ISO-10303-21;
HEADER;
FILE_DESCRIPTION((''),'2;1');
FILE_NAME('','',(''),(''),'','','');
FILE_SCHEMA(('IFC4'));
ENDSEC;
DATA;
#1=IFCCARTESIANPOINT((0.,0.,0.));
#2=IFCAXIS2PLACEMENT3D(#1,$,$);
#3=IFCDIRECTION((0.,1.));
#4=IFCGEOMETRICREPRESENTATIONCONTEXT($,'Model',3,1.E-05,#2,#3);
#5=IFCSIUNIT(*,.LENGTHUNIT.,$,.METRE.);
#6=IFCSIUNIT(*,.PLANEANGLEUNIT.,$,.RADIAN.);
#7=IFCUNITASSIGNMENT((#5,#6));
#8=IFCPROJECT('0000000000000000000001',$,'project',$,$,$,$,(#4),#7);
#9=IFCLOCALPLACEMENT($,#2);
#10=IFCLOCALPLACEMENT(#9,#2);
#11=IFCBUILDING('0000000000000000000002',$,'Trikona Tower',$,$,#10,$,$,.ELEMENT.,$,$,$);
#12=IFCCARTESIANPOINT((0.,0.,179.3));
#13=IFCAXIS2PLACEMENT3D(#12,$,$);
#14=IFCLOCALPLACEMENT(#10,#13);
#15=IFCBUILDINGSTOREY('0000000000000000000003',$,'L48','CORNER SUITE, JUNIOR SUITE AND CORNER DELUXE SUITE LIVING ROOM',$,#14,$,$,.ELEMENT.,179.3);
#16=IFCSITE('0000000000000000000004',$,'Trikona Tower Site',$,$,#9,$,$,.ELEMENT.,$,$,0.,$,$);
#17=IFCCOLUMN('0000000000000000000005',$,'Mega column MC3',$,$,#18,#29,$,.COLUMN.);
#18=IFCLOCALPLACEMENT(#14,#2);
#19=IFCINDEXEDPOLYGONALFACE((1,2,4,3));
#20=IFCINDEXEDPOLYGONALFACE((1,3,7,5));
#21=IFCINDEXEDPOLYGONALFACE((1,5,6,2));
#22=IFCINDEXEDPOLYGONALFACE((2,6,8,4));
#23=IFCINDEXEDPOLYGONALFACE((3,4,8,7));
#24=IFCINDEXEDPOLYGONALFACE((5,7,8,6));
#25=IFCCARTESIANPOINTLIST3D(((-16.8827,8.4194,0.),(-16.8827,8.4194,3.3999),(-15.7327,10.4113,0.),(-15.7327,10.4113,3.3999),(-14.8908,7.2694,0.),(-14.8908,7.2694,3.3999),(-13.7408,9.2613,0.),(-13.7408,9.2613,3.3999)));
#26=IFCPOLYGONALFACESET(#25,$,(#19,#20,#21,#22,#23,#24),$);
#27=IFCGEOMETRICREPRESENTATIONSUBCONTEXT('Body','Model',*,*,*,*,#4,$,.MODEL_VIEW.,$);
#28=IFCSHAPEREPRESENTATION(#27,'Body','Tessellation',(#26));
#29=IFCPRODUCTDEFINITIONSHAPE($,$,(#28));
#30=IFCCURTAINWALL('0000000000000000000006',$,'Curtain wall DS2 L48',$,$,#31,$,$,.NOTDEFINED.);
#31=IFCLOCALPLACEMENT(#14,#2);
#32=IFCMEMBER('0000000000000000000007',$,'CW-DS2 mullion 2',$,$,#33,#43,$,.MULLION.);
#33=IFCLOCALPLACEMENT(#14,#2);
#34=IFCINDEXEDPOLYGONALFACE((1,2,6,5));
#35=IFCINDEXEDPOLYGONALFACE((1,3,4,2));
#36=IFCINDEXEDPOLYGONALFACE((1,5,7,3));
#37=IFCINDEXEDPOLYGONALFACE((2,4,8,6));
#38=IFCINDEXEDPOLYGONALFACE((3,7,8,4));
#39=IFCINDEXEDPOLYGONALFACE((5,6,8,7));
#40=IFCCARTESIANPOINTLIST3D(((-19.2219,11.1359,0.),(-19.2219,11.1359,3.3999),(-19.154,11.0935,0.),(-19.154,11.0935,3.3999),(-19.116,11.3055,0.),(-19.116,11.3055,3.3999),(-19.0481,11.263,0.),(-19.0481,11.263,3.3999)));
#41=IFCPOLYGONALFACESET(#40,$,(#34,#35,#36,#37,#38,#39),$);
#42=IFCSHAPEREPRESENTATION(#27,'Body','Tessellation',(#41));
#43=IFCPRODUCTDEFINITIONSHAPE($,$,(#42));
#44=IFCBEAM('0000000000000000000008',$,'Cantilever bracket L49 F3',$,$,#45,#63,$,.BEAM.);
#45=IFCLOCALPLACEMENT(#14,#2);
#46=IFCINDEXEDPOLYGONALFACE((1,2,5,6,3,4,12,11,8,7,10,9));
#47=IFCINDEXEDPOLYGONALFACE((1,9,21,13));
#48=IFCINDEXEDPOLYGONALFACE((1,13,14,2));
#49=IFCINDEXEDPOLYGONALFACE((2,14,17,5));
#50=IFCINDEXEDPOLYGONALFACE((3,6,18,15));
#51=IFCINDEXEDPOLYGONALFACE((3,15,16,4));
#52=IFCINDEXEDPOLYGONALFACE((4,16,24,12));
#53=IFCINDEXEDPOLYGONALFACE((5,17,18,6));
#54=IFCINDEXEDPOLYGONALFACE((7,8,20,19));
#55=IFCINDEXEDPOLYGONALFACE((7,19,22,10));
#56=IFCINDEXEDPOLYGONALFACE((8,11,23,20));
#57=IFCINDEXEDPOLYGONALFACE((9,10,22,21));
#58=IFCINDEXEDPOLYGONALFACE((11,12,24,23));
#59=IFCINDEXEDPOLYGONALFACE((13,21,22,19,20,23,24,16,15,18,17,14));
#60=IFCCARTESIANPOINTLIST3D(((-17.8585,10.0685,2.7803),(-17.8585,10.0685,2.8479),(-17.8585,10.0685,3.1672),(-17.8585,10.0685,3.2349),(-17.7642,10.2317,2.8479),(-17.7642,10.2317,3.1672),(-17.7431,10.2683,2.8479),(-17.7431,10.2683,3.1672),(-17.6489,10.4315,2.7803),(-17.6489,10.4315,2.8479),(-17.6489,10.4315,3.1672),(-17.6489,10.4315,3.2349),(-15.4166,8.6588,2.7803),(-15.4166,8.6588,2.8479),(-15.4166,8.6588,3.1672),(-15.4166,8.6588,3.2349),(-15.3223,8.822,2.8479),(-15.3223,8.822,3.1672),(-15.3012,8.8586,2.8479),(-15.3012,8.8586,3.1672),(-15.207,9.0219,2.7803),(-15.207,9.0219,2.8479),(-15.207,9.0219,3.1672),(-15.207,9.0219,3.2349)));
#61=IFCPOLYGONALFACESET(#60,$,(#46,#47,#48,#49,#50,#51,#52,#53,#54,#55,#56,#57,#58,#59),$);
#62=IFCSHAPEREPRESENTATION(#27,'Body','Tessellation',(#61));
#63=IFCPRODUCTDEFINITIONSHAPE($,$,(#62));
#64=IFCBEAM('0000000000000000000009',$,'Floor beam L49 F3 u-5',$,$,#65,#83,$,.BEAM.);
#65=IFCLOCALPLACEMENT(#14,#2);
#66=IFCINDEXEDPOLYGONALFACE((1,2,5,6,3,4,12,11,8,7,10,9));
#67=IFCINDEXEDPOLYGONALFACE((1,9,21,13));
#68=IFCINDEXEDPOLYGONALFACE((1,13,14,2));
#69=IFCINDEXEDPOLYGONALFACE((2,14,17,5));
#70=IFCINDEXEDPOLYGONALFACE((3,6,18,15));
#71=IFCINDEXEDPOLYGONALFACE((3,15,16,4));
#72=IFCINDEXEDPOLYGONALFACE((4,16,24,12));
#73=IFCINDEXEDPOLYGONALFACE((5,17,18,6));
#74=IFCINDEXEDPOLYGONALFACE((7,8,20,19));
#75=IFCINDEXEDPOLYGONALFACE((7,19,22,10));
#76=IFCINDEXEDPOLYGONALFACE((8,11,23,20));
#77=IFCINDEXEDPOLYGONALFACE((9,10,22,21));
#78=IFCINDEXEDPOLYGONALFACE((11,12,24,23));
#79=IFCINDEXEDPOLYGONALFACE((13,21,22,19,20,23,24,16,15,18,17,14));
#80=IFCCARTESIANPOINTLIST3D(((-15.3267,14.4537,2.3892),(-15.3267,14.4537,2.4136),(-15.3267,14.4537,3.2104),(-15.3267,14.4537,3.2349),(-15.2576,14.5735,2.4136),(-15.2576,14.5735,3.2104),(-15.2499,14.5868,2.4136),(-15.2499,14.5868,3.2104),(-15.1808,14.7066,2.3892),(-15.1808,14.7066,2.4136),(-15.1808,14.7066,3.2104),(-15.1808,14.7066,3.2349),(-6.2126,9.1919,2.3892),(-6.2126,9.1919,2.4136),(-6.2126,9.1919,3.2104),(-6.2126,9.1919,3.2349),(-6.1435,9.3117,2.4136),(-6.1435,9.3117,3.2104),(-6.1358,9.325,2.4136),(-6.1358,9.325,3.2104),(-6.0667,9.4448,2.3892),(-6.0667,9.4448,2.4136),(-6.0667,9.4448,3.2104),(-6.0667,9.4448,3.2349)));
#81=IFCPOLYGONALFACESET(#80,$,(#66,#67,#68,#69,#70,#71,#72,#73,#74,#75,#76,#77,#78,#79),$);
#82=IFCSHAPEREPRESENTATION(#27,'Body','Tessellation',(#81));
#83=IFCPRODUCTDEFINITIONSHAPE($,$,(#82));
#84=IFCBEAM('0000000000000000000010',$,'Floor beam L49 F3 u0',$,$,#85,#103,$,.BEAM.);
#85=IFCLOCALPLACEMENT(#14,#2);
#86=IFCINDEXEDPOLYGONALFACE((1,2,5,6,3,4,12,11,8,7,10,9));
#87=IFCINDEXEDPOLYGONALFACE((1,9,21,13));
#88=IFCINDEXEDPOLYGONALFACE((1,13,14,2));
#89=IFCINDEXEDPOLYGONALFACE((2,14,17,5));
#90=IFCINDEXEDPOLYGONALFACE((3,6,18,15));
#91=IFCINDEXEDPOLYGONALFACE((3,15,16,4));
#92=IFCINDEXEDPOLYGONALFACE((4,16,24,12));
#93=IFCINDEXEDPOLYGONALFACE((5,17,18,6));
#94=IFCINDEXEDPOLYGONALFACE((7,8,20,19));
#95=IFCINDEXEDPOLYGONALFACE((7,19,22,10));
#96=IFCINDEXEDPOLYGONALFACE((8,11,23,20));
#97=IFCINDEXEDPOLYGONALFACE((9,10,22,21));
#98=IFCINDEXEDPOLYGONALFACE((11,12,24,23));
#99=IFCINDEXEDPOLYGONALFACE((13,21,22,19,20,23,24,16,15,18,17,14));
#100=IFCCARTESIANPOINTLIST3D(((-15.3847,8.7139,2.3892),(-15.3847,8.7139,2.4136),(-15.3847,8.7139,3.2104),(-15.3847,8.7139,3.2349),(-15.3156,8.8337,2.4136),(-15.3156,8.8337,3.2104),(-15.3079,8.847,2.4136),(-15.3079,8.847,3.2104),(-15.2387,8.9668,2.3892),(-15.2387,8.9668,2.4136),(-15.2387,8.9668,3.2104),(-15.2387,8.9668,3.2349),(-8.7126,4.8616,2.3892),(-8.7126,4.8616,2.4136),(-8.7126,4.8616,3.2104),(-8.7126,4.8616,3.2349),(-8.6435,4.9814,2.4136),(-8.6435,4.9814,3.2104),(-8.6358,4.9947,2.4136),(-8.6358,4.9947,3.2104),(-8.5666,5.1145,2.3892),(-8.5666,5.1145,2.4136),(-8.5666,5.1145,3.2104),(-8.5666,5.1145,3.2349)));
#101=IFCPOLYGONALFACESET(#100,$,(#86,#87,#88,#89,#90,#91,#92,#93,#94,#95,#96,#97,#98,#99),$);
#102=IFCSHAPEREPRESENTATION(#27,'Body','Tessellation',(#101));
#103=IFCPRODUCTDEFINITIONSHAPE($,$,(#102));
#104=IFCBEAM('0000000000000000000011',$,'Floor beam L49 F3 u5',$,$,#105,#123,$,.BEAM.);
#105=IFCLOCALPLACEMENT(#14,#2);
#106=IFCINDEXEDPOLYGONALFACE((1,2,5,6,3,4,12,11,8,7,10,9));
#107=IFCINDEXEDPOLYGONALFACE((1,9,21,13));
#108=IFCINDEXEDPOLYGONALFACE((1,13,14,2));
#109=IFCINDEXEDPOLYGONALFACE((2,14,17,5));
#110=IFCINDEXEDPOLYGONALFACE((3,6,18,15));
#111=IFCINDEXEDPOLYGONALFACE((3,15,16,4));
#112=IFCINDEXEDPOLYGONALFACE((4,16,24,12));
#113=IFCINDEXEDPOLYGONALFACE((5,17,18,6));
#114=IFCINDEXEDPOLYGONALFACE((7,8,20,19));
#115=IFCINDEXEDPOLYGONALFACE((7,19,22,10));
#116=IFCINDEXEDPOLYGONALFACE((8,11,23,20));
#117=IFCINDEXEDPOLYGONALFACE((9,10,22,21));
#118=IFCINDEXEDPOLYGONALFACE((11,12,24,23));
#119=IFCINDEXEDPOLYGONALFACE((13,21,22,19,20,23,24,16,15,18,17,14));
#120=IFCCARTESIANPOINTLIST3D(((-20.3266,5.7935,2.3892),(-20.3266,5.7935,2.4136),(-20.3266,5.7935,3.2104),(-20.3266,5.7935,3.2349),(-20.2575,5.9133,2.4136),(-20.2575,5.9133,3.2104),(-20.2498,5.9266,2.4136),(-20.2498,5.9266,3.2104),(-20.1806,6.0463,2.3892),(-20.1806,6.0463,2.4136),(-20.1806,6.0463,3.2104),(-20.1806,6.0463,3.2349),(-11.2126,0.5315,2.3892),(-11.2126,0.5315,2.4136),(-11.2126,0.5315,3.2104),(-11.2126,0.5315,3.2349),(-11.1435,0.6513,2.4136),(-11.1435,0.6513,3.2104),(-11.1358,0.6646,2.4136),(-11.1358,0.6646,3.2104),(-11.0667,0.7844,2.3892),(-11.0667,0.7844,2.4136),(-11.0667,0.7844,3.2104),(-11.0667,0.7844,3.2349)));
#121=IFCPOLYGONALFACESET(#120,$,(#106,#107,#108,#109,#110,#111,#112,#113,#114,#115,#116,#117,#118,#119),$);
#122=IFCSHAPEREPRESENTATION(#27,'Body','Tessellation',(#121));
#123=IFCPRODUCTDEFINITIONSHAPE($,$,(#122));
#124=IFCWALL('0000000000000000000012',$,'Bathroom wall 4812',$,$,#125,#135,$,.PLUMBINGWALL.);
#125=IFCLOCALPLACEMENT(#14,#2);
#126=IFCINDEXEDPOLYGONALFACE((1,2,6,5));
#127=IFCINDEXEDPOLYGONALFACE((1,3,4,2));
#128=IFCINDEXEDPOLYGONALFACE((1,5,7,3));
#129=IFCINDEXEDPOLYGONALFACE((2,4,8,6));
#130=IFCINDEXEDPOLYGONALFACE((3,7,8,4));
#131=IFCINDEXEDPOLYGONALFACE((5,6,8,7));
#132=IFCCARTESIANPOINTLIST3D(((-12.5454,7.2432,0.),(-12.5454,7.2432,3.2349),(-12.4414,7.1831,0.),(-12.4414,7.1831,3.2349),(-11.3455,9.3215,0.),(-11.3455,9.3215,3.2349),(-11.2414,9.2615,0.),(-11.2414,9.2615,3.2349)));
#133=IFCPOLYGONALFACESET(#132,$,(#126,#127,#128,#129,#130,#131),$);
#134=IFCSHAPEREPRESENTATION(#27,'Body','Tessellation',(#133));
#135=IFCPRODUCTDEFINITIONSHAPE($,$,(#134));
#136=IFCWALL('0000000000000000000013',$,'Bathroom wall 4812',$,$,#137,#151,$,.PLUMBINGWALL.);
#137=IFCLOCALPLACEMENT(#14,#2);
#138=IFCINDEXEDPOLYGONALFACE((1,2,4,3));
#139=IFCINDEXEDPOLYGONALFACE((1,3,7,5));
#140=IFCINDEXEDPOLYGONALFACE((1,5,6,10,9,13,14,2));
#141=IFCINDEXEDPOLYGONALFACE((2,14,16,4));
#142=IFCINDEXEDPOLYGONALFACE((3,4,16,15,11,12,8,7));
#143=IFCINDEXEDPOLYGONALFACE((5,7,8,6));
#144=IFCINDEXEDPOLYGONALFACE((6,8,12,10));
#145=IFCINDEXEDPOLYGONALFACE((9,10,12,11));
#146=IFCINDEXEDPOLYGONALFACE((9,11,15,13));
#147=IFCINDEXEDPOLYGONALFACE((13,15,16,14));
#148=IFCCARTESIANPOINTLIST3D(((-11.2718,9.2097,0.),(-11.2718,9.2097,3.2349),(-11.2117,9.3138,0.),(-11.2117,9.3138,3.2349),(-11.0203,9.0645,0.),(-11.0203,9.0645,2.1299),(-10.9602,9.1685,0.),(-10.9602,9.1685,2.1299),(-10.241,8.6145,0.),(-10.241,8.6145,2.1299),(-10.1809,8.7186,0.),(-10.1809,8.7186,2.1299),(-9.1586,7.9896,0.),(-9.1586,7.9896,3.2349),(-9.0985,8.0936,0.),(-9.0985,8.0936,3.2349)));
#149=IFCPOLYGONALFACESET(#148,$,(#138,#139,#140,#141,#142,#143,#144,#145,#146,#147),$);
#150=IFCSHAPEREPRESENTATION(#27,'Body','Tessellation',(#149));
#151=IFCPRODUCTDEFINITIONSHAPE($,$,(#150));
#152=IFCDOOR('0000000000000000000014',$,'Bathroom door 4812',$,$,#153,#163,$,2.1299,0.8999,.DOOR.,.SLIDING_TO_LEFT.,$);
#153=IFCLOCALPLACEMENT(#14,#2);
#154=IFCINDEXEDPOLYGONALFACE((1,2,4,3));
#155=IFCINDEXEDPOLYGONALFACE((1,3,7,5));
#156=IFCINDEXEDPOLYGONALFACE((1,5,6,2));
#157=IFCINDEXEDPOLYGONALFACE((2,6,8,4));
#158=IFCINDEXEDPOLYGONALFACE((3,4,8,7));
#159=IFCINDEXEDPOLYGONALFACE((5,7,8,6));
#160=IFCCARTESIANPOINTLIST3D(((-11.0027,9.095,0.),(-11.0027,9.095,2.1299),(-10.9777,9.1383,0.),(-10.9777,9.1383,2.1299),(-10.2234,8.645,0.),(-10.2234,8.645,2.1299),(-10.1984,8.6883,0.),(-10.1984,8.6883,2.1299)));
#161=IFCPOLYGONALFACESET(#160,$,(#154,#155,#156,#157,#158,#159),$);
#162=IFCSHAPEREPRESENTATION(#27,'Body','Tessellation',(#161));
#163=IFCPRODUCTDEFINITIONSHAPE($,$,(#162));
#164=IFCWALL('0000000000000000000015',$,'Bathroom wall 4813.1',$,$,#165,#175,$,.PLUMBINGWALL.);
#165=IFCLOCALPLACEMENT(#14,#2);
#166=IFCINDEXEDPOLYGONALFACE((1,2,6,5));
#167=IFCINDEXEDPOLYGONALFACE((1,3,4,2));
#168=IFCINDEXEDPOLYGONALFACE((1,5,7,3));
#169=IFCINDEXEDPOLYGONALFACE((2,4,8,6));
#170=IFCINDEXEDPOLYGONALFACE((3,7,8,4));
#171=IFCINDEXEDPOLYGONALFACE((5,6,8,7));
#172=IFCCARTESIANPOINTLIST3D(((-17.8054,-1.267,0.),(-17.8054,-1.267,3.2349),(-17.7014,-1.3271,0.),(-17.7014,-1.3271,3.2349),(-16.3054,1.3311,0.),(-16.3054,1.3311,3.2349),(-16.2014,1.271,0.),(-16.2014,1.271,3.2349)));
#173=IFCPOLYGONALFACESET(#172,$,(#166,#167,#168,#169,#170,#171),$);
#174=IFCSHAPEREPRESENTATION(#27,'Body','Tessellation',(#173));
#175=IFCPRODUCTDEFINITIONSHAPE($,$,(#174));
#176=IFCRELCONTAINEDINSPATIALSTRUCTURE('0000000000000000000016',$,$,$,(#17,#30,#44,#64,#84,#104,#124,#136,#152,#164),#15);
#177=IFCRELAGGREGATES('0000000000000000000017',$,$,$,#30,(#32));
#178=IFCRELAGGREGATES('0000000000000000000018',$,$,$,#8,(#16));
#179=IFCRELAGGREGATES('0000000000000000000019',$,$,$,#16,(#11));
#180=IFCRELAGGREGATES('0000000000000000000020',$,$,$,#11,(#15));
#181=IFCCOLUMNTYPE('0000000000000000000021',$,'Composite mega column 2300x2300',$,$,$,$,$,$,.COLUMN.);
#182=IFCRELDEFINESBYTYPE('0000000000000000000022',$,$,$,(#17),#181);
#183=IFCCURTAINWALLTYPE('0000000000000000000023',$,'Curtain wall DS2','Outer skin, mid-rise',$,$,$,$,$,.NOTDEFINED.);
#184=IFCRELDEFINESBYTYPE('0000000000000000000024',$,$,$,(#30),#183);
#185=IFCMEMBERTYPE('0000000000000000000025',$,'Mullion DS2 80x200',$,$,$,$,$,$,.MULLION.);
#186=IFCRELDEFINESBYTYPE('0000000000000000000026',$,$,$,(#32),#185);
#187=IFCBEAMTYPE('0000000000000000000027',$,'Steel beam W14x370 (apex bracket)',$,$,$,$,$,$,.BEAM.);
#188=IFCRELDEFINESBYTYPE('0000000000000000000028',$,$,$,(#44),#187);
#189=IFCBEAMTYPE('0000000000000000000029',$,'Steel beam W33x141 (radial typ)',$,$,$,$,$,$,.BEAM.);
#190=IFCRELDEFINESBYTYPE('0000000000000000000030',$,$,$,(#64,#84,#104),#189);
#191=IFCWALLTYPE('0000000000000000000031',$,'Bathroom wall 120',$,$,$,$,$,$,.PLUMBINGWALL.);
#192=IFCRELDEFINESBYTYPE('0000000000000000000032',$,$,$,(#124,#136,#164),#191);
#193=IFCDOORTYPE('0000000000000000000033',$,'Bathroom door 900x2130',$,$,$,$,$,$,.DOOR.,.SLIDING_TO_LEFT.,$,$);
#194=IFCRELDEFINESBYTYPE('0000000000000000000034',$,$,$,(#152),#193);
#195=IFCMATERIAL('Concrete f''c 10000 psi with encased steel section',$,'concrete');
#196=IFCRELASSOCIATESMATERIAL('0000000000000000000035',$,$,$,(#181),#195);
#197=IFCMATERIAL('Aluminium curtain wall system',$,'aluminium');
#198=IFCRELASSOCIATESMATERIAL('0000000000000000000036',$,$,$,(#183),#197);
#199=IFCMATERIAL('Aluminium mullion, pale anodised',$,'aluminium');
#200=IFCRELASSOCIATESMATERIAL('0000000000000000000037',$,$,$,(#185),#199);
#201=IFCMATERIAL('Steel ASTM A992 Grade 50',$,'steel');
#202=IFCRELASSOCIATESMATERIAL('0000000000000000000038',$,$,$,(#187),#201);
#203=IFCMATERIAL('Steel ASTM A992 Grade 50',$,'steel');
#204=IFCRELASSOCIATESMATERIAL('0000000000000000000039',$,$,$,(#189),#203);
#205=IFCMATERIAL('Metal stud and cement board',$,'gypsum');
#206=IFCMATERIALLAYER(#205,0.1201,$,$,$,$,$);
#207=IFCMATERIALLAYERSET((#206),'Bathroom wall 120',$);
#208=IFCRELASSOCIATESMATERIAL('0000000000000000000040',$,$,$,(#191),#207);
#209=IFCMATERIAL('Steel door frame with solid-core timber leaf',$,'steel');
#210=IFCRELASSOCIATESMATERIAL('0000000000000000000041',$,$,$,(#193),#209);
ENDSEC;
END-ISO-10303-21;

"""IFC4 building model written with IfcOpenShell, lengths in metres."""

from ifc_helpers import new_model, si_unit, direction, frame, frame_2d, origin, origin_2d, place, context, subcontext, project, spatial, rectangle, i_section, extrude, material, layer, layer_set, material_profile, profile_set, type_object, element, fill, aggregate, save


model = new_model("IFC4")

# Units and contexts
model_context = context("Model", 3, precision=1e-05, world=origin(), true_north=direction((0.0, 1.0)))
body_context = subcontext(model_context, "Body", "Model", "MODEL_VIEW")
ifc_project = project(units=[si_unit("LENGTHUNIT", "METRE"), si_unit("PLANEANGLEUNIT", "RADIAN")], contexts=[model_context])

# Site, building, storey
site_placement = place(None, origin())
site = spatial("IfcSite", under=ifc_project, at=site_placement, Name="Trikona Tower Site", CompositionType="ELEMENT", RefElevation=0.0)
building_placement = place(site_placement, origin())
building = spatial("IfcBuilding", under=site, at=building_placement, Name="Trikona Tower", CompositionType="ELEMENT")
storey_placement = place(building_placement, frame((0.0, 0.0, 179.3)))
storey = spatial("IfcBuildingStorey", under=building, at=storey_placement, Name="L48", Description="CORNER SUITE, JUNIOR SUITE AND CORNER DELUXE SUITE LIVING ROOM", CompositionType="ELEMENT", Elevation=179.3)

# Column
ifc_material_1 = material(Name="Concrete f'c 10000 psi with encased steel section", Category="concrete")
ifc_material_profile_1 = material_profile(ifc_material_1, rectangle(XDim=2.3, YDim=2.3, at=origin_2d()), Name="MC2300")
ifc_profile_set_1 = profile_set([ifc_material_profile_1], Name="Concrete f'c 10000 psi with encased steel section")
column_type = type_object("IfcColumnType", Name="Composite mega column 2300x2300", PredefinedType="COLUMN", material=ifc_profile_set_1)
column_placement = place(storey_placement, frame((-15.3118, 8.8403, 0.0), z_axis=(0.0, 0.0, 1.0), x_axis=(-0.866025, 0.5, 0.0)))
element("IfcColumn", 1, at=column_placement, inside=storey, type_object=column_type, Name="Mega column MC3", PredefinedType="COLUMN", context=body_context, shape_type="SweptSolid", body=[
    extrude(rectangle(XDim=2.3, YDim=2.3, at=origin_2d()), origin(), (0.0, 0.0, 1.0), 3.3999),
])

# Curtain wall, member
ifc_material_2 = material(Name="Aluminium curtain wall system", Category="aluminium")
curtain_wall_type = type_object("IfcCurtainWallType", Name="Curtain wall DS2", Description="Outer skin, mid-rise", PredefinedType="NOTDEFINED", material=ifc_material_2)
curtain_wall_placement = place(storey_placement, origin())
curtain_wall = element("IfcCurtainWall", 2, at=curtain_wall_placement, inside=storey, type_object=curtain_wall_type, Name="Curtain wall DS2 L48", PredefinedType="NOTDEFINED")
ifc_material_3 = material(Name="Aluminium mullion, pale anodised", Category="aluminium")
ifc_material_profile_2 = material_profile(ifc_material_3, rectangle(XDim=0.0801, YDim=0.2, at=origin_2d()), Name="MUL-DS2")
ifc_profile_set_2 = profile_set([ifc_material_profile_2], Name="Aluminium mullion, pale anodised")
member_type = type_object("IfcMemberType", Name="Mullion DS2 80x200", PredefinedType="MULLION", material=ifc_profile_set_2)
member_placement = place(storey_placement, frame((-19.135, 11.1995, 0.0), z_axis=(0.0, 0.0, 1.0), x_axis=(0.847998, -0.529999, 0.0)))
member = element("IfcMember", 3, at=member_placement, type_object=member_type, Name="CW-DS2 mullion 2", PredefinedType="MULLION", context=body_context, shape_type="SweptSolid", body=[
    extrude(rectangle(XDim=0.0801, YDim=0.2, at=origin_2d()), origin(), (0.0, 0.0, 1.0), 3.3999),
])
aggregate(curtain_wall, [member])

# Beams
ifc_material_4 = material(Name="Steel ASTM A992 Grade 50", Category="steel")
ifc_material_profile_3 = material_profile(ifc_material_4, i_section(OverallWidth=0.4192, OverallDepth=0.4546, WebThickness=0.0422, FlangeThickness=0.0676, at=origin_2d()), Name="W14X370")
ifc_profile_set_3 = profile_set([ifc_material_profile_3], Name="Steel ASTM A992 Grade 50")
beam_type_1 = type_object("IfcBeamType", Name="Steel beam W14x370 (apex bracket)", PredefinedType="BEAM", material=ifc_profile_set_3)
beam_1_placement = place(storey_placement, frame((-15.3118, 8.8403, 3.0076), z_axis=(-0.86605, 0.499957, 0.0), x_axis=(-0.499957, -0.86605, 0.0)))
element("IfcBeam", 4, at=beam_1_placement, inside=storey, type_object=beam_type_1, Name="Cantilever bracket L49 F3", PredefinedType="BEAM", context=body_context, shape_type="SweptSolid", body=[
    extrude(i_section(OverallWidth=0.4192, OverallDepth=0.4546, WebThickness=0.0422, FlangeThickness=0.0676, at=origin_2d()), origin(), (0.0, 0.0, 1.0), 2.8196),
])
ifc_material_5 = material(Name="Steel ASTM A992 Grade 50", Category="steel")
ifc_material_profile_4 = material_profile(ifc_material_5, i_section(OverallWidth=0.292, OverallDepth=0.8457, WebThickness=0.0154, FlangeThickness=0.0244, at=origin_2d()), Name="W33X141")
ifc_profile_set_4 = profile_set([ifc_material_profile_4], Name="Steel ASTM A992 Grade 50")
beam_type_2 = type_object("IfcBeamType", Name="Steel beam W33x141 (radial typ)", PredefinedType="BEAM", material=ifc_profile_set_4)
beam_2_placement = place(storey_placement, frame((-6.1396, 9.3184, 2.812), z_axis=(-0.866036, 0.499982, 0.0), x_axis=(-0.499982, -0.866036, 0.0)))
element("IfcBeam", 5, at=beam_2_placement, inside=storey, type_object=beam_type_2, Name="Floor beam L49 F3 u-5", PredefinedType="BEAM", context=body_context, shape_type="SweptSolid", body=[
    extrude(i_section(OverallWidth=0.292, OverallDepth=0.8457, WebThickness=0.0154, FlangeThickness=0.0244, at=origin_2d()), origin(), (0.0, 0.0, 1.0), 10.5239),
])
beam_3_placement = place(storey_placement, frame((-8.6396, 4.988, 2.812), z_axis=(-0.866017, 0.500014, 0.0), x_axis=(-0.500014, -0.866017, 0.0)))
element("IfcBeam", 6, at=beam_3_placement, inside=storey, type_object=beam_type_2, Name="Floor beam L49 F3 u0", PredefinedType="BEAM", context=body_context, shape_type="SweptSolid", body=[
    extrude(i_section(OverallWidth=0.292, OverallDepth=0.8457, WebThickness=0.0154, FlangeThickness=0.0244, at=origin_2d()), origin(), (0.0, 0.0, 1.0), 7.7043),
])
beam_4_placement = place(storey_placement, frame((-11.1396, 0.658, 2.812), z_axis=(-0.866026, 0.499999, 0.0), x_axis=(-0.499999, -0.866026, 0.0)))
element("IfcBeam", 7, at=beam_4_placement, inside=storey, type_object=beam_type_2, Name="Floor beam L49 F3 u5", PredefinedType="BEAM", context=body_context, shape_type="SweptSolid", body=[
    extrude(i_section(OverallWidth=0.292, OverallDepth=0.8457, WebThickness=0.0154, FlangeThickness=0.0244, at=origin_2d()), origin(), (0.0, 0.0, 1.0), 10.5239),
])

# Wall
ifc_material_6 = material(Name="Metal stud and cement board", Category="gypsum")
ifc_layer_1 = layer(ifc_material_6, 0.1201)
ifc_layer_set_1 = layer_set([ifc_layer_1], Name="Bathroom wall 120")
wall_type_1 = type_object("IfcWallType", Name="Bathroom wall 120", PredefinedType="PLUMBINGWALL", material=ifc_layer_set_1)
wall_1_placement = place(storey_placement, frame((-11.2935, 9.2915, 0.0), z_axis=(0.0, 0.0, 1.0), x_axis=(-0.500001, -0.866025, 0.0)))
element("IfcWall", 8, at=wall_1_placement, inside=storey, type_object=wall_type_1, Name="Bathroom wall 4812", PredefinedType="PLUMBINGWALL", context=body_context, shape_type="SweptSolid", body=[
    extrude(rectangle(XDim=2.3999, YDim=0.1201, at=frame_2d((1.2, 0.0))), origin(), (0.0, 0.0, 1.0), 3.2349),
])

# Wall, opening, door
wall_2_placement = place(storey_placement, frame((-9.1284, 8.0415, 0.0), z_axis=(0.0, 0.0, 1.0), x_axis=(-0.866006, 0.500034, 0.0)))
wall_2 = element("IfcWall", 9, at=wall_2_placement, inside=storey, type_object=wall_type_1, Name="Bathroom wall 4812", PredefinedType="PLUMBINGWALL", context=body_context, shape_type="SweptSolid", body=[
    extrude(rectangle(XDim=2.4402, YDim=0.1201, at=frame_2d((1.2202, 0.0))), origin(), (0.0, 0.0, 1.0), 3.2349),
])
opening_1_placement = place(wall_2_placement, frame((1.25, 0.0, 0.0)))
opening_1 = element("IfcOpeningElement", 10, at=opening_1_placement, cuts=wall_2, PredefinedType="OPENING", context=body_context, shape_type="SweptSolid", body=[
    extrude(rectangle(XDim=0.8999, YDim=2.1299, at=frame_2d((0.45, 1.0649))), frame((0.0, 0.0701, 0.0), z_axis=(0.0, -1.0, 0.0), x_axis=(1.0, 0.0, 0.0)), (0.0, 0.0, 1.0), 0.1401),
])
ifc_material_7 = material(Name="Steel door frame with solid-core timber leaf", Category="steel")
door_type_1 = type_object("IfcDoorType", Name="Bathroom door 900x2130", OperationType="SLIDING_TO_LEFT", PredefinedType="DOOR", material=ifc_material_7)
door_1_placement = place(opening_1_placement, origin())
door_1 = element("IfcDoor", 11, at=door_1_placement, inside=storey, type_object=door_type_1, Name="Bathroom door 4812", OperationType="SLIDING_TO_LEFT", OverallHeight=2.1299, OverallWidth=0.8999, PredefinedType="DOOR", context=body_context, shape_type="SweptSolid", body=[
    extrude(rectangle(XDim=0.8999, YDim=2.1299, at=frame_2d((0.45, 1.0649))), frame((0.0, 0.0249, 0.0), z_axis=(0.0, -1.0, 0.0), x_axis=(1.0, 0.0, 0.0)), (0.0, 0.0, 1.0), 0.05),
])
fill(opening_1, door_1)

# Wall
wall_3_placement = place(storey_placement, frame((-16.2534, 1.301, 0.0), z_axis=(0.0, 0.0, 1.0), x_axis=(-0.49999, -0.866031, 0.0)))
element("IfcWall", 12, at=wall_3_placement, inside=storey, type_object=wall_type_1, Name="Bathroom wall 4813.1", PredefinedType="PLUMBINGWALL", context=body_context, shape_type="SweptSolid", body=[
    extrude(rectangle(XDim=3.0, YDim=0.1201, at=frame_2d((1.5, 0.0))), origin(), (0.0, 0.0, 1.0), 3.2349),
])

save(model, "model.ifc")
